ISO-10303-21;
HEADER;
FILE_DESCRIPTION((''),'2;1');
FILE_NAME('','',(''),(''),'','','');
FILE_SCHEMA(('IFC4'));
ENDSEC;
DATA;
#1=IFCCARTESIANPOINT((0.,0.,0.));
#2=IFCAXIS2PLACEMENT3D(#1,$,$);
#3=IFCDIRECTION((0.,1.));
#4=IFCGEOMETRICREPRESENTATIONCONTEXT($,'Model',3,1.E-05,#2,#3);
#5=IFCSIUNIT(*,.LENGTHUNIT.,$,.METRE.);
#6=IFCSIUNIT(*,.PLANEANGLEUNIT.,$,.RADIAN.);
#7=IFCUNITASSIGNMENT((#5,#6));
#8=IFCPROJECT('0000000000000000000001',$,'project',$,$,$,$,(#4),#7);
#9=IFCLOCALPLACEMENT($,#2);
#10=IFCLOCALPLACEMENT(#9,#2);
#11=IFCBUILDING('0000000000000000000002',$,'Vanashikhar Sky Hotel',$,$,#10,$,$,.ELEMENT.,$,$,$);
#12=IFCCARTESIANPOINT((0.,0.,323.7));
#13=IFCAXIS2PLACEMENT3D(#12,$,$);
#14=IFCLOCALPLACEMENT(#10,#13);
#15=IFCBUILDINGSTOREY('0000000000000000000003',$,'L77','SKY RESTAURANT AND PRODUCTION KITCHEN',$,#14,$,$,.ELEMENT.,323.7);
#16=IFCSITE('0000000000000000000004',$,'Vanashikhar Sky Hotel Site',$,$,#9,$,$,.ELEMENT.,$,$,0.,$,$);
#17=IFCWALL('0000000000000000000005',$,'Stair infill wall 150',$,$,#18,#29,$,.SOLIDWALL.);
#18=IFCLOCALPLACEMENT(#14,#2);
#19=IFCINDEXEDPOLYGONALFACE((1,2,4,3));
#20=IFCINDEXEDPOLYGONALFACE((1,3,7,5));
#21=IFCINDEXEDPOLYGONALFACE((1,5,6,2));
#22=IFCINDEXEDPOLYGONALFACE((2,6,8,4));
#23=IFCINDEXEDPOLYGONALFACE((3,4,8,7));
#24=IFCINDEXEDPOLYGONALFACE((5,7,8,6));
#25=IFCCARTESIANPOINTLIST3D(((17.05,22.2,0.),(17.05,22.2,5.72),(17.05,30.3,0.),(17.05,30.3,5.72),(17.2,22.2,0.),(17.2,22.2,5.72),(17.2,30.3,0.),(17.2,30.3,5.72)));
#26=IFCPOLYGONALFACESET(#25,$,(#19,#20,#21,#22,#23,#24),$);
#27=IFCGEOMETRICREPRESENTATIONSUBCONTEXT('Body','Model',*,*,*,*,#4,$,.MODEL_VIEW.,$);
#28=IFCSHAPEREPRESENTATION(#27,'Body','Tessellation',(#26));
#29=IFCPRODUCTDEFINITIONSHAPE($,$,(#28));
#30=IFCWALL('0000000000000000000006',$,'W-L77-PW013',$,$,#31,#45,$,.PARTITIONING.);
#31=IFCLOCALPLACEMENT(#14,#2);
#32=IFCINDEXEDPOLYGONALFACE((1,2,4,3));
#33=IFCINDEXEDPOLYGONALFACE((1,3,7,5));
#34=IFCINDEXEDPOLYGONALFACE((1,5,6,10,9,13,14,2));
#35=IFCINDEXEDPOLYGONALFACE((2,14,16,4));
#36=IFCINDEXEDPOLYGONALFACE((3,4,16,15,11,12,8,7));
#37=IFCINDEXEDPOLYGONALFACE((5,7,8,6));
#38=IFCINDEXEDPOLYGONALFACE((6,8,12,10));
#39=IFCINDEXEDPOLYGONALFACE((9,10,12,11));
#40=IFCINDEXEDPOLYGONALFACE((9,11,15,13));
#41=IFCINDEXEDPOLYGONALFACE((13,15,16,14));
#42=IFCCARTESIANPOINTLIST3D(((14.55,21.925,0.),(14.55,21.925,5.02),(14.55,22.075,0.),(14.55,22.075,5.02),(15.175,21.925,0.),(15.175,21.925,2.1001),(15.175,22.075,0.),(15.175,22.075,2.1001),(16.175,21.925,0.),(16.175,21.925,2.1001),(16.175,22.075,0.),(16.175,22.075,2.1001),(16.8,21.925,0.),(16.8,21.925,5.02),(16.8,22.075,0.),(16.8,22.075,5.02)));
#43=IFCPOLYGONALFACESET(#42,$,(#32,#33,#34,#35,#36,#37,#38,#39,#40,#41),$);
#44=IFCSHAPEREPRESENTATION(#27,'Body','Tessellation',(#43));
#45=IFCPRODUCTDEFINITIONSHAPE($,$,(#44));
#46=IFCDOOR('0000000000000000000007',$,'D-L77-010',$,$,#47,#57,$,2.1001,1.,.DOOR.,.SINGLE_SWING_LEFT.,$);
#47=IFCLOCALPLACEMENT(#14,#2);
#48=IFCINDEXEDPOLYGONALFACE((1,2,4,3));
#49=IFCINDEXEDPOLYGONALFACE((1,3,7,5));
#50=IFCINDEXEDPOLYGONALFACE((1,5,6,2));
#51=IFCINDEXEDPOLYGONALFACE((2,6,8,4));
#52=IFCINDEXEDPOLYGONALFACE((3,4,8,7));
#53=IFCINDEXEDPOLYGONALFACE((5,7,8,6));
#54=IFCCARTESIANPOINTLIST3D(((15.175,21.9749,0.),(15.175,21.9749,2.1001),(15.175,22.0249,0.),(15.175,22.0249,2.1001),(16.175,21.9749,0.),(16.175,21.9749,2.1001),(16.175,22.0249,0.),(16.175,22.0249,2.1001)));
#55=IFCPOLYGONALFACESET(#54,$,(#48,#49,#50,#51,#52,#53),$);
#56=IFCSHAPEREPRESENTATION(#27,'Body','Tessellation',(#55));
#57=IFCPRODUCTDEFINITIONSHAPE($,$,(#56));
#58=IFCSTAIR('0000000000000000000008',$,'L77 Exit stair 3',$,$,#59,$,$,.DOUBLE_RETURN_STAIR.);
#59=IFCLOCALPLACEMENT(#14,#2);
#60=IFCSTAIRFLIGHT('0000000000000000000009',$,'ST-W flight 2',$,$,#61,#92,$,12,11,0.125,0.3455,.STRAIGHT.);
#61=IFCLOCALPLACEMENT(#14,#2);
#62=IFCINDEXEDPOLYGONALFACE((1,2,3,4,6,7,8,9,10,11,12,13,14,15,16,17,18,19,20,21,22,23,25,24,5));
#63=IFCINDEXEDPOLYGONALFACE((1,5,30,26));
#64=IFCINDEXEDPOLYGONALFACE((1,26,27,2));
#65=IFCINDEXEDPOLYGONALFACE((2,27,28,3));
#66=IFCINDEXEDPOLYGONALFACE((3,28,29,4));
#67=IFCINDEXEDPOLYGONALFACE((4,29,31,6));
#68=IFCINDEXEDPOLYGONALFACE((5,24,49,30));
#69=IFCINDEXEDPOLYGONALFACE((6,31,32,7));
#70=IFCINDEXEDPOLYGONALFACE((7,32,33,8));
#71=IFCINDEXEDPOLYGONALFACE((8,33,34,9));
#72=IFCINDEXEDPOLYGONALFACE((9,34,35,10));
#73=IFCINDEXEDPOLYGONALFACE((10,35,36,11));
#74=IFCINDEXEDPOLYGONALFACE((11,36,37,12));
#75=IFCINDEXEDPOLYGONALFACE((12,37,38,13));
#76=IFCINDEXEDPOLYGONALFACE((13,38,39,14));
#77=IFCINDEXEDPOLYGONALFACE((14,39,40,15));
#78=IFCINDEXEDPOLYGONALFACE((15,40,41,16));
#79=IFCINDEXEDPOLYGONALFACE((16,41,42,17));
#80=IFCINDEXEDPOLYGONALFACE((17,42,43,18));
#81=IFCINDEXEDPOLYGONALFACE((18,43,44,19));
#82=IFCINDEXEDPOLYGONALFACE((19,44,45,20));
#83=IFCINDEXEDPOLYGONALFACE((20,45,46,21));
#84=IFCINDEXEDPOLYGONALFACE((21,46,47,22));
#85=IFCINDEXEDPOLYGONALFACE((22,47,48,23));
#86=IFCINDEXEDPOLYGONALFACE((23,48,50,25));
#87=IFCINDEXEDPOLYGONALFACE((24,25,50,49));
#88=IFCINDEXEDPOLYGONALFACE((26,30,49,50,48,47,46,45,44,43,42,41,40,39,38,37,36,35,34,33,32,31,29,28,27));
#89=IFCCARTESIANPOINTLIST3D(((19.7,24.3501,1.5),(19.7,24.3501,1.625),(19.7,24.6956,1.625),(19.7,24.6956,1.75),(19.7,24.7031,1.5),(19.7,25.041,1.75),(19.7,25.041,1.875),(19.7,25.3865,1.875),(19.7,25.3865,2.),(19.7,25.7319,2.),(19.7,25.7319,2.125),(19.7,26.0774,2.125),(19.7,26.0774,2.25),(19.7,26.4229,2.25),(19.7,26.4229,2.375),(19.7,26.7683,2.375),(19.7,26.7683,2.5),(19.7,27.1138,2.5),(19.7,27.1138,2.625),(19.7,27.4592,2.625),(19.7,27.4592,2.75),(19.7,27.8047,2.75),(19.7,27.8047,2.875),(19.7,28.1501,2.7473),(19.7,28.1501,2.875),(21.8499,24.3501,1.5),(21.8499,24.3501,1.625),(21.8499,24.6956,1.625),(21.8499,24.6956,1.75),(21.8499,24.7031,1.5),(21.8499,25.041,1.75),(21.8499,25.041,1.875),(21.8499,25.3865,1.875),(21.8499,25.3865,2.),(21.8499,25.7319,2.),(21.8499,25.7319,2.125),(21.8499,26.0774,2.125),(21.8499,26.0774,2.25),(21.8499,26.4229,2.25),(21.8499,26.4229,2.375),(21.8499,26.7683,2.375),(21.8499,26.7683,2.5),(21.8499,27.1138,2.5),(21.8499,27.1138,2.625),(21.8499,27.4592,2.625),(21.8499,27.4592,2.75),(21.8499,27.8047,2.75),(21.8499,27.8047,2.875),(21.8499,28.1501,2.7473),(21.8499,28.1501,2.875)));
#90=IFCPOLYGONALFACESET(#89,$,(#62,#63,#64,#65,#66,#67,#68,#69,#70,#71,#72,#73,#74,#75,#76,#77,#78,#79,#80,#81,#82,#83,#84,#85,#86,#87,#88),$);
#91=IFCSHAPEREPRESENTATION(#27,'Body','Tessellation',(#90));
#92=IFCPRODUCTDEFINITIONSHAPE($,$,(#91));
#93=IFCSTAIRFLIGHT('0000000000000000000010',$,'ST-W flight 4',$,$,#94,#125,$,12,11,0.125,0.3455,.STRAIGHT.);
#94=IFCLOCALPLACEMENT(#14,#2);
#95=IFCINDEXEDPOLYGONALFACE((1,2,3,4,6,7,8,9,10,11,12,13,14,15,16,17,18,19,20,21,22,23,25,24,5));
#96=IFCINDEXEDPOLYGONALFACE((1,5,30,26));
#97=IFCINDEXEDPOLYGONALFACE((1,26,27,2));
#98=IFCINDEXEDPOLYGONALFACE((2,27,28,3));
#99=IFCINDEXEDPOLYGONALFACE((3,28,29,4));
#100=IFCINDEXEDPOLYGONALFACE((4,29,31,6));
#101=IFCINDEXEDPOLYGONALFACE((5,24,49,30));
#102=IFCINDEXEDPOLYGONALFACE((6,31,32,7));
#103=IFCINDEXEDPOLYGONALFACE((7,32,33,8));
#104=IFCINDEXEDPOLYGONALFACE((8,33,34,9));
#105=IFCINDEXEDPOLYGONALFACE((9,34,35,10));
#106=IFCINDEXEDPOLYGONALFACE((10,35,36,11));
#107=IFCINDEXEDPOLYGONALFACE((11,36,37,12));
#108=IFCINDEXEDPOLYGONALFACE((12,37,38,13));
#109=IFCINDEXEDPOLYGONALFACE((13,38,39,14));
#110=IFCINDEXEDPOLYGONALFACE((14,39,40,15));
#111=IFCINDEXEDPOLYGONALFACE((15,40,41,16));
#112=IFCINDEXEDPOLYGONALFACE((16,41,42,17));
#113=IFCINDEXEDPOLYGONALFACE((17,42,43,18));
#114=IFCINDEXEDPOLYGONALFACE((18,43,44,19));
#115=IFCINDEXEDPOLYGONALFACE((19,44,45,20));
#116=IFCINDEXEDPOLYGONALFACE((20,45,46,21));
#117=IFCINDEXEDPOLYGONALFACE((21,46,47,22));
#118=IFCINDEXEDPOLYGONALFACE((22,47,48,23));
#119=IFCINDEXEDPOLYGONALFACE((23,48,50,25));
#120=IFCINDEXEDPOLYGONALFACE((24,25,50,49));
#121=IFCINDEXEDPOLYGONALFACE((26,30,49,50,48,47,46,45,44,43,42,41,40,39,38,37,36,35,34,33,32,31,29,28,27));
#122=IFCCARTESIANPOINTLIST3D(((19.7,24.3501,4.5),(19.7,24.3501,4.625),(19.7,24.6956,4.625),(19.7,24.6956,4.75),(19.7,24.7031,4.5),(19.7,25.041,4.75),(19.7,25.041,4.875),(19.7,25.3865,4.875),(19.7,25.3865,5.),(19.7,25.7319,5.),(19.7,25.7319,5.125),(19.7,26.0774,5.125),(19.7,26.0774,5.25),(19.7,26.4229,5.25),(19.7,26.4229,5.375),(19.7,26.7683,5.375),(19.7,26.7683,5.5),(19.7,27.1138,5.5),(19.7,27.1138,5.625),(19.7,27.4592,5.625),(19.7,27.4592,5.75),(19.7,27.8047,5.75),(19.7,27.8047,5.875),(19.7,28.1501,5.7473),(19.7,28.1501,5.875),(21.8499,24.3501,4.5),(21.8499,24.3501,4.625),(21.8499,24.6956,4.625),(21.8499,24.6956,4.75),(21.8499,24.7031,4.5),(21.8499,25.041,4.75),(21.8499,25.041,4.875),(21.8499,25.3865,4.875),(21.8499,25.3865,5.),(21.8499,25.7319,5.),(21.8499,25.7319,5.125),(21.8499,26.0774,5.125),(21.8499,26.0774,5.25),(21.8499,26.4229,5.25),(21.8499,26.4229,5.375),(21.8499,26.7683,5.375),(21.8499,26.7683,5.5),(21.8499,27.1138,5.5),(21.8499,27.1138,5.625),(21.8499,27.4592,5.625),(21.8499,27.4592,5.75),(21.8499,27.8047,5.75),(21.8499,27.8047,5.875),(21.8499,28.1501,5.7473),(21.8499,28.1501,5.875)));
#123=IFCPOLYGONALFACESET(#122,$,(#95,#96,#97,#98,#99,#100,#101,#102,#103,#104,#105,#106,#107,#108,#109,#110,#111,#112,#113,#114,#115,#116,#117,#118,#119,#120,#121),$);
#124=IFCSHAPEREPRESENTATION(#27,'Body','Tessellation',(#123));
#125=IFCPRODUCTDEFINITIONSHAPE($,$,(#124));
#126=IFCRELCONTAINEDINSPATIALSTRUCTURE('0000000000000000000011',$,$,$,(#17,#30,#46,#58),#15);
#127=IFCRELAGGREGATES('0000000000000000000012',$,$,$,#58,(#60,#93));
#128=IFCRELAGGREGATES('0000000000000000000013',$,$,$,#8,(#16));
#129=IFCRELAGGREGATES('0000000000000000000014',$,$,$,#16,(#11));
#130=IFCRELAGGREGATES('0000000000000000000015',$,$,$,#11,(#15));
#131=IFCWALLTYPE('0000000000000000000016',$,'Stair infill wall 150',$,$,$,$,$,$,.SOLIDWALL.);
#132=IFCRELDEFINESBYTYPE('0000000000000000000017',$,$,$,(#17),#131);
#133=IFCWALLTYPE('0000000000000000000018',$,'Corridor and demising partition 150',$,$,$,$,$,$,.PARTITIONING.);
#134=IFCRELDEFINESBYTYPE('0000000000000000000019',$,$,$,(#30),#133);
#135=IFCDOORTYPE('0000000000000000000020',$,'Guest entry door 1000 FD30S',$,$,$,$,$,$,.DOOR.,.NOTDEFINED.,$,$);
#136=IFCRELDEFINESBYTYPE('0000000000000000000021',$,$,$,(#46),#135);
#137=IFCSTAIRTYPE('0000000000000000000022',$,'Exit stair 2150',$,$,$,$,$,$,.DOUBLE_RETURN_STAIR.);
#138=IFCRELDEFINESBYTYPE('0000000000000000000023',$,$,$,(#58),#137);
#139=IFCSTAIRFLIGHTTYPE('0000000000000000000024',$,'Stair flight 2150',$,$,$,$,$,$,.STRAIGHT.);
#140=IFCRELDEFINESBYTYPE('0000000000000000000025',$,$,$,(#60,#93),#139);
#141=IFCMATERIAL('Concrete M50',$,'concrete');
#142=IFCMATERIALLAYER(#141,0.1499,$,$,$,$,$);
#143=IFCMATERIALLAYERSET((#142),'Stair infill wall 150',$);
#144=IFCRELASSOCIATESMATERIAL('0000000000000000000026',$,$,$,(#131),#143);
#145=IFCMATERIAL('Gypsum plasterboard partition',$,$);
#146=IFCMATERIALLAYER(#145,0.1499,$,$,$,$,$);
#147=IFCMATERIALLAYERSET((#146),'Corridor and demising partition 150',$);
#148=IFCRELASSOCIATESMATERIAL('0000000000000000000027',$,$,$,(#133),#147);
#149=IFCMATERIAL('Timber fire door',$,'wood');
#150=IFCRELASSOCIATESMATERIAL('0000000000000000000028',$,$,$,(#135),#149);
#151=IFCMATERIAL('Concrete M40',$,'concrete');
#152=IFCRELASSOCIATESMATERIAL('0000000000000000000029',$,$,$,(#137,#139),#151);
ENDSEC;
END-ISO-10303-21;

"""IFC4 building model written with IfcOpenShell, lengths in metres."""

from ifc_helpers import new_model, si_unit, direction, frame, frame_2d, origin, place, context, subcontext, project, spatial, polyline, rectangle, outline, extrude, source, transform, mapped, material, layer, layer_set, type_object, element, fill, aggregate, save


model = new_model("IFC4")

# Units and contexts
model_context = context("Model", 3, precision=1e-05, world=origin(), true_north=direction((0.0, 1.0)))
body_context = subcontext(model_context, "Body", "Model", "MODEL_VIEW")
ifc_project = project(units=[si_unit("LENGTHUNIT", "METRE"), si_unit("PLANEANGLEUNIT", "RADIAN")], contexts=[model_context])

# Site, building, storey
site_placement = place(None, origin())
site = spatial("IfcSite", under=ifc_project, at=site_placement, Name="Vanashikhar Sky Hotel Site", CompositionType="ELEMENT", RefElevation=0.0)
building_placement = place(site_placement, origin())
building = spatial("IfcBuilding", under=site, at=building_placement, Name="Vanashikhar Sky Hotel", CompositionType="ELEMENT")
storey_placement = place(building_placement, frame((0.0, 0.0, 323.7)))
storey = spatial("IfcBuildingStorey", under=building, at=storey_placement, Name="L77", Description="SKY RESTAURANT AND PRODUCTION KITCHEN", CompositionType="ELEMENT", Elevation=323.7)

# Shared definitions
ifc_material_1 = material(Name="Concrete M50", Category="concrete")

# Wall
ifc_layer_1 = layer(ifc_material_1, 0.1499)
ifc_layer_set_1 = layer_set([ifc_layer_1], Name="Stair infill wall 150")
wall_type_1 = type_object("IfcWallType", Name="Stair infill wall 150", PredefinedType="SOLIDWALL", material=ifc_layer_set_1)
shared_shape_1 = source(origin(), body_context, "Body", "SweptSolid", [
    extrude(rectangle(XDim=8.1001, YDim=0.1499, at=frame_2d((4.05, 0.0))), origin(), (0.0, 0.0, 1.0), 5.72),
])
wall_1_placement = place(storey_placement, frame((17.125, 22.2, 0.0), z_axis=(0.0, 0.0, 1.0), x_axis=(0.0, 1.0, 0.0)))
element("IfcWall", 1, at=wall_1_placement, inside=storey, type_object=wall_type_1, Name="Stair infill wall 150", PredefinedType="SOLIDWALL", context=body_context, shape_type="MappedRepresentation", body=[
    mapped(shared_shape_1, transform((0.0, 0.0, 0.0), scale=1.0)),
])

# Wall, opening, door
ifc_material_2 = material(Name="Gypsum plasterboard partition")
ifc_layer_2 = layer(ifc_material_2, 0.1499)
ifc_layer_set_2 = layer_set([ifc_layer_2], Name="Corridor and demising partition 150")
wall_type_2 = type_object("IfcWallType", Name="Corridor and demising partition 150", PredefinedType="PARTITIONING", material=ifc_layer_set_2)
shared_shape_2 = source(origin(), body_context, "Body", "SweptSolid", [
    extrude(rectangle(XDim=2.25, YDim=0.1499, at=frame_2d((1.125, 0.0))), origin(), (0.0, 0.0, 1.0), 5.02),
])
wall_2_placement = place(storey_placement, frame((14.55, 22.0, 0.0), z_axis=(0.0, 0.0, 1.0), x_axis=(1.0, 0.0, 0.0)))
wall_2 = element("IfcWall", 2, at=wall_2_placement, inside=storey, type_object=wall_type_2, Name="W-L77-PW013", PredefinedType="PARTITIONING", context=body_context, shape_type="MappedRepresentation", body=[
    mapped(shared_shape_2, transform((0.0, 0.0, 0.0), scale=1.0)),
])
shared_shape_3 = source(origin(), body_context, "Body", "SweptSolid", [
    extrude(rectangle(XDim=1.0, YDim=2.1001, at=frame_2d((0.5, 1.05))), frame((0.0, 0.085, 0.0), z_axis=(0.0, -1.0, 0.0), x_axis=(1.0, 0.0, 0.0)), (0.0, 0.0, 1.0), 0.1699),
])
opening_1_placement = place(wall_2_placement, frame((0.625, 0.0, 0.0)))
opening_1 = element("IfcOpeningElement", 3, at=opening_1_placement, cuts=wall_2, PredefinedType="OPENING", context=body_context, shape_type="MappedRepresentation", body=[
    mapped(shared_shape_3, transform((0.0, 0.0, 0.0), scale=1.0)),
])
ifc_material_3 = material(Name="Timber fire door", Category="wood")
door_type_1 = type_object("IfcDoorType", Name="Guest entry door 1000 FD30S", OperationType="NOTDEFINED", PredefinedType="DOOR", material=ifc_material_3)
shared_shape_4 = source(origin(), body_context, "Body", "SweptSolid", [
    extrude(rectangle(XDim=1.0, YDim=2.1001, at=frame_2d((0.5, 1.05))), frame((0.0, 0.0249, 0.0), z_axis=(0.0, -1.0, 0.0), x_axis=(1.0, 0.0, 0.0)), (0.0, 0.0, 1.0), 0.05),
])
door_1_placement = place(opening_1_placement, origin())
door_1 = element("IfcDoor", 4, at=door_1_placement, inside=storey, type_object=door_type_1, Name="D-L77-010", OperationType="SINGLE_SWING_LEFT", OverallHeight=2.1001, OverallWidth=1.0, PredefinedType="DOOR", context=body_context, shape_type="MappedRepresentation", body=[
    mapped(shared_shape_4, transform((0.0, 0.0, 0.0), scale=1.0)),
])
fill(opening_1, door_1)

# Stair, stair flights
ifc_material_4 = material(Name="Concrete M40", Category="concrete")
stair_type = type_object("IfcStairType", Name="Exit stair 2150", PredefinedType="DOUBLE_RETURN_STAIR", material=ifc_material_4)
stair_placement = place(storey_placement, origin())
stair = element("IfcStair", 5, at=stair_placement, inside=storey, type_object=stair_type, Name="L77 Exit stair 3", PredefinedType="DOUBLE_RETURN_STAIR")
stair_flight_type = type_object("IfcStairFlightType", Name="Stair flight 2150", PredefinedType="STRAIGHT", material=ifc_material_4)
shared_shape_5 = source(origin(), body_context, "Body", "SweptSolid", [
    extrude(outline(polyline([(0.0, 0.0), (0.0, 0.125), (0.3455, 0.125), (0.3455, 0.25), (0.6909, 0.25), (0.6909, 0.375), (1.0364, 0.375), (1.0364, 0.5), (1.3818, 0.5), (1.3818, 0.625), (1.7273, 0.625), (1.7273, 0.75), (2.0728, 0.75), (2.0728, 0.875), (2.4182, 0.875), (2.4182, 1.0), (2.7637, 1.0), (2.7637, 1.125), (3.1091, 1.125), (3.1091, 1.25), (3.4546, 1.25), (3.4546, 1.375), (3.8, 1.375), (3.8, 1.5), (3.8, 1.2473), (0.353, 0.0), (0.0, 0.0)])), frame((0.0, 1.075, 0.0), z_axis=(0.0, -1.0, 0.0), x_axis=(1.0, 0.0, 0.0)), (0.0, 0.0, 1.0), 2.1499),
])
stair_flight_1_placement = place(storey_placement, frame((20.7749, 24.3501, 1.5), z_axis=(0.0, 0.0, 1.0), x_axis=(0.0, 1.0, 0.0)))
stair_flight_1 = element("IfcStairFlight", 6, at=stair_flight_1_placement, type_object=stair_flight_type, Name="ST-W flight 2", NumberOfRisers=12, NumberOfTreads=11, PredefinedType="STRAIGHT", RiserHeight=0.125, TreadLength=0.3455, context=body_context, shape_type="MappedRepresentation", body=[
    mapped(shared_shape_5, transform((0.0, 0.0, 0.0), scale=1.0)),
])
stair_flight_2_placement = place(storey_placement, frame((20.7749, 24.3501, 4.5), z_axis=(0.0, 0.0, 1.0), x_axis=(0.0, 1.0, 0.0)))
stair_flight_2 = element("IfcStairFlight", 7, at=stair_flight_2_placement, type_object=stair_flight_type, Name="ST-W flight 4", NumberOfRisers=12, NumberOfTreads=11, PredefinedType="STRAIGHT", RiserHeight=0.125, TreadLength=0.3455, context=body_context, shape_type="MappedRepresentation", body=[
    mapped(shared_shape_5, transform((0.0, 0.0, 0.0), scale=1.0)),
])
aggregate(stair, [stair_flight_1, stair_flight_2])

save(model, "model.ifc")
